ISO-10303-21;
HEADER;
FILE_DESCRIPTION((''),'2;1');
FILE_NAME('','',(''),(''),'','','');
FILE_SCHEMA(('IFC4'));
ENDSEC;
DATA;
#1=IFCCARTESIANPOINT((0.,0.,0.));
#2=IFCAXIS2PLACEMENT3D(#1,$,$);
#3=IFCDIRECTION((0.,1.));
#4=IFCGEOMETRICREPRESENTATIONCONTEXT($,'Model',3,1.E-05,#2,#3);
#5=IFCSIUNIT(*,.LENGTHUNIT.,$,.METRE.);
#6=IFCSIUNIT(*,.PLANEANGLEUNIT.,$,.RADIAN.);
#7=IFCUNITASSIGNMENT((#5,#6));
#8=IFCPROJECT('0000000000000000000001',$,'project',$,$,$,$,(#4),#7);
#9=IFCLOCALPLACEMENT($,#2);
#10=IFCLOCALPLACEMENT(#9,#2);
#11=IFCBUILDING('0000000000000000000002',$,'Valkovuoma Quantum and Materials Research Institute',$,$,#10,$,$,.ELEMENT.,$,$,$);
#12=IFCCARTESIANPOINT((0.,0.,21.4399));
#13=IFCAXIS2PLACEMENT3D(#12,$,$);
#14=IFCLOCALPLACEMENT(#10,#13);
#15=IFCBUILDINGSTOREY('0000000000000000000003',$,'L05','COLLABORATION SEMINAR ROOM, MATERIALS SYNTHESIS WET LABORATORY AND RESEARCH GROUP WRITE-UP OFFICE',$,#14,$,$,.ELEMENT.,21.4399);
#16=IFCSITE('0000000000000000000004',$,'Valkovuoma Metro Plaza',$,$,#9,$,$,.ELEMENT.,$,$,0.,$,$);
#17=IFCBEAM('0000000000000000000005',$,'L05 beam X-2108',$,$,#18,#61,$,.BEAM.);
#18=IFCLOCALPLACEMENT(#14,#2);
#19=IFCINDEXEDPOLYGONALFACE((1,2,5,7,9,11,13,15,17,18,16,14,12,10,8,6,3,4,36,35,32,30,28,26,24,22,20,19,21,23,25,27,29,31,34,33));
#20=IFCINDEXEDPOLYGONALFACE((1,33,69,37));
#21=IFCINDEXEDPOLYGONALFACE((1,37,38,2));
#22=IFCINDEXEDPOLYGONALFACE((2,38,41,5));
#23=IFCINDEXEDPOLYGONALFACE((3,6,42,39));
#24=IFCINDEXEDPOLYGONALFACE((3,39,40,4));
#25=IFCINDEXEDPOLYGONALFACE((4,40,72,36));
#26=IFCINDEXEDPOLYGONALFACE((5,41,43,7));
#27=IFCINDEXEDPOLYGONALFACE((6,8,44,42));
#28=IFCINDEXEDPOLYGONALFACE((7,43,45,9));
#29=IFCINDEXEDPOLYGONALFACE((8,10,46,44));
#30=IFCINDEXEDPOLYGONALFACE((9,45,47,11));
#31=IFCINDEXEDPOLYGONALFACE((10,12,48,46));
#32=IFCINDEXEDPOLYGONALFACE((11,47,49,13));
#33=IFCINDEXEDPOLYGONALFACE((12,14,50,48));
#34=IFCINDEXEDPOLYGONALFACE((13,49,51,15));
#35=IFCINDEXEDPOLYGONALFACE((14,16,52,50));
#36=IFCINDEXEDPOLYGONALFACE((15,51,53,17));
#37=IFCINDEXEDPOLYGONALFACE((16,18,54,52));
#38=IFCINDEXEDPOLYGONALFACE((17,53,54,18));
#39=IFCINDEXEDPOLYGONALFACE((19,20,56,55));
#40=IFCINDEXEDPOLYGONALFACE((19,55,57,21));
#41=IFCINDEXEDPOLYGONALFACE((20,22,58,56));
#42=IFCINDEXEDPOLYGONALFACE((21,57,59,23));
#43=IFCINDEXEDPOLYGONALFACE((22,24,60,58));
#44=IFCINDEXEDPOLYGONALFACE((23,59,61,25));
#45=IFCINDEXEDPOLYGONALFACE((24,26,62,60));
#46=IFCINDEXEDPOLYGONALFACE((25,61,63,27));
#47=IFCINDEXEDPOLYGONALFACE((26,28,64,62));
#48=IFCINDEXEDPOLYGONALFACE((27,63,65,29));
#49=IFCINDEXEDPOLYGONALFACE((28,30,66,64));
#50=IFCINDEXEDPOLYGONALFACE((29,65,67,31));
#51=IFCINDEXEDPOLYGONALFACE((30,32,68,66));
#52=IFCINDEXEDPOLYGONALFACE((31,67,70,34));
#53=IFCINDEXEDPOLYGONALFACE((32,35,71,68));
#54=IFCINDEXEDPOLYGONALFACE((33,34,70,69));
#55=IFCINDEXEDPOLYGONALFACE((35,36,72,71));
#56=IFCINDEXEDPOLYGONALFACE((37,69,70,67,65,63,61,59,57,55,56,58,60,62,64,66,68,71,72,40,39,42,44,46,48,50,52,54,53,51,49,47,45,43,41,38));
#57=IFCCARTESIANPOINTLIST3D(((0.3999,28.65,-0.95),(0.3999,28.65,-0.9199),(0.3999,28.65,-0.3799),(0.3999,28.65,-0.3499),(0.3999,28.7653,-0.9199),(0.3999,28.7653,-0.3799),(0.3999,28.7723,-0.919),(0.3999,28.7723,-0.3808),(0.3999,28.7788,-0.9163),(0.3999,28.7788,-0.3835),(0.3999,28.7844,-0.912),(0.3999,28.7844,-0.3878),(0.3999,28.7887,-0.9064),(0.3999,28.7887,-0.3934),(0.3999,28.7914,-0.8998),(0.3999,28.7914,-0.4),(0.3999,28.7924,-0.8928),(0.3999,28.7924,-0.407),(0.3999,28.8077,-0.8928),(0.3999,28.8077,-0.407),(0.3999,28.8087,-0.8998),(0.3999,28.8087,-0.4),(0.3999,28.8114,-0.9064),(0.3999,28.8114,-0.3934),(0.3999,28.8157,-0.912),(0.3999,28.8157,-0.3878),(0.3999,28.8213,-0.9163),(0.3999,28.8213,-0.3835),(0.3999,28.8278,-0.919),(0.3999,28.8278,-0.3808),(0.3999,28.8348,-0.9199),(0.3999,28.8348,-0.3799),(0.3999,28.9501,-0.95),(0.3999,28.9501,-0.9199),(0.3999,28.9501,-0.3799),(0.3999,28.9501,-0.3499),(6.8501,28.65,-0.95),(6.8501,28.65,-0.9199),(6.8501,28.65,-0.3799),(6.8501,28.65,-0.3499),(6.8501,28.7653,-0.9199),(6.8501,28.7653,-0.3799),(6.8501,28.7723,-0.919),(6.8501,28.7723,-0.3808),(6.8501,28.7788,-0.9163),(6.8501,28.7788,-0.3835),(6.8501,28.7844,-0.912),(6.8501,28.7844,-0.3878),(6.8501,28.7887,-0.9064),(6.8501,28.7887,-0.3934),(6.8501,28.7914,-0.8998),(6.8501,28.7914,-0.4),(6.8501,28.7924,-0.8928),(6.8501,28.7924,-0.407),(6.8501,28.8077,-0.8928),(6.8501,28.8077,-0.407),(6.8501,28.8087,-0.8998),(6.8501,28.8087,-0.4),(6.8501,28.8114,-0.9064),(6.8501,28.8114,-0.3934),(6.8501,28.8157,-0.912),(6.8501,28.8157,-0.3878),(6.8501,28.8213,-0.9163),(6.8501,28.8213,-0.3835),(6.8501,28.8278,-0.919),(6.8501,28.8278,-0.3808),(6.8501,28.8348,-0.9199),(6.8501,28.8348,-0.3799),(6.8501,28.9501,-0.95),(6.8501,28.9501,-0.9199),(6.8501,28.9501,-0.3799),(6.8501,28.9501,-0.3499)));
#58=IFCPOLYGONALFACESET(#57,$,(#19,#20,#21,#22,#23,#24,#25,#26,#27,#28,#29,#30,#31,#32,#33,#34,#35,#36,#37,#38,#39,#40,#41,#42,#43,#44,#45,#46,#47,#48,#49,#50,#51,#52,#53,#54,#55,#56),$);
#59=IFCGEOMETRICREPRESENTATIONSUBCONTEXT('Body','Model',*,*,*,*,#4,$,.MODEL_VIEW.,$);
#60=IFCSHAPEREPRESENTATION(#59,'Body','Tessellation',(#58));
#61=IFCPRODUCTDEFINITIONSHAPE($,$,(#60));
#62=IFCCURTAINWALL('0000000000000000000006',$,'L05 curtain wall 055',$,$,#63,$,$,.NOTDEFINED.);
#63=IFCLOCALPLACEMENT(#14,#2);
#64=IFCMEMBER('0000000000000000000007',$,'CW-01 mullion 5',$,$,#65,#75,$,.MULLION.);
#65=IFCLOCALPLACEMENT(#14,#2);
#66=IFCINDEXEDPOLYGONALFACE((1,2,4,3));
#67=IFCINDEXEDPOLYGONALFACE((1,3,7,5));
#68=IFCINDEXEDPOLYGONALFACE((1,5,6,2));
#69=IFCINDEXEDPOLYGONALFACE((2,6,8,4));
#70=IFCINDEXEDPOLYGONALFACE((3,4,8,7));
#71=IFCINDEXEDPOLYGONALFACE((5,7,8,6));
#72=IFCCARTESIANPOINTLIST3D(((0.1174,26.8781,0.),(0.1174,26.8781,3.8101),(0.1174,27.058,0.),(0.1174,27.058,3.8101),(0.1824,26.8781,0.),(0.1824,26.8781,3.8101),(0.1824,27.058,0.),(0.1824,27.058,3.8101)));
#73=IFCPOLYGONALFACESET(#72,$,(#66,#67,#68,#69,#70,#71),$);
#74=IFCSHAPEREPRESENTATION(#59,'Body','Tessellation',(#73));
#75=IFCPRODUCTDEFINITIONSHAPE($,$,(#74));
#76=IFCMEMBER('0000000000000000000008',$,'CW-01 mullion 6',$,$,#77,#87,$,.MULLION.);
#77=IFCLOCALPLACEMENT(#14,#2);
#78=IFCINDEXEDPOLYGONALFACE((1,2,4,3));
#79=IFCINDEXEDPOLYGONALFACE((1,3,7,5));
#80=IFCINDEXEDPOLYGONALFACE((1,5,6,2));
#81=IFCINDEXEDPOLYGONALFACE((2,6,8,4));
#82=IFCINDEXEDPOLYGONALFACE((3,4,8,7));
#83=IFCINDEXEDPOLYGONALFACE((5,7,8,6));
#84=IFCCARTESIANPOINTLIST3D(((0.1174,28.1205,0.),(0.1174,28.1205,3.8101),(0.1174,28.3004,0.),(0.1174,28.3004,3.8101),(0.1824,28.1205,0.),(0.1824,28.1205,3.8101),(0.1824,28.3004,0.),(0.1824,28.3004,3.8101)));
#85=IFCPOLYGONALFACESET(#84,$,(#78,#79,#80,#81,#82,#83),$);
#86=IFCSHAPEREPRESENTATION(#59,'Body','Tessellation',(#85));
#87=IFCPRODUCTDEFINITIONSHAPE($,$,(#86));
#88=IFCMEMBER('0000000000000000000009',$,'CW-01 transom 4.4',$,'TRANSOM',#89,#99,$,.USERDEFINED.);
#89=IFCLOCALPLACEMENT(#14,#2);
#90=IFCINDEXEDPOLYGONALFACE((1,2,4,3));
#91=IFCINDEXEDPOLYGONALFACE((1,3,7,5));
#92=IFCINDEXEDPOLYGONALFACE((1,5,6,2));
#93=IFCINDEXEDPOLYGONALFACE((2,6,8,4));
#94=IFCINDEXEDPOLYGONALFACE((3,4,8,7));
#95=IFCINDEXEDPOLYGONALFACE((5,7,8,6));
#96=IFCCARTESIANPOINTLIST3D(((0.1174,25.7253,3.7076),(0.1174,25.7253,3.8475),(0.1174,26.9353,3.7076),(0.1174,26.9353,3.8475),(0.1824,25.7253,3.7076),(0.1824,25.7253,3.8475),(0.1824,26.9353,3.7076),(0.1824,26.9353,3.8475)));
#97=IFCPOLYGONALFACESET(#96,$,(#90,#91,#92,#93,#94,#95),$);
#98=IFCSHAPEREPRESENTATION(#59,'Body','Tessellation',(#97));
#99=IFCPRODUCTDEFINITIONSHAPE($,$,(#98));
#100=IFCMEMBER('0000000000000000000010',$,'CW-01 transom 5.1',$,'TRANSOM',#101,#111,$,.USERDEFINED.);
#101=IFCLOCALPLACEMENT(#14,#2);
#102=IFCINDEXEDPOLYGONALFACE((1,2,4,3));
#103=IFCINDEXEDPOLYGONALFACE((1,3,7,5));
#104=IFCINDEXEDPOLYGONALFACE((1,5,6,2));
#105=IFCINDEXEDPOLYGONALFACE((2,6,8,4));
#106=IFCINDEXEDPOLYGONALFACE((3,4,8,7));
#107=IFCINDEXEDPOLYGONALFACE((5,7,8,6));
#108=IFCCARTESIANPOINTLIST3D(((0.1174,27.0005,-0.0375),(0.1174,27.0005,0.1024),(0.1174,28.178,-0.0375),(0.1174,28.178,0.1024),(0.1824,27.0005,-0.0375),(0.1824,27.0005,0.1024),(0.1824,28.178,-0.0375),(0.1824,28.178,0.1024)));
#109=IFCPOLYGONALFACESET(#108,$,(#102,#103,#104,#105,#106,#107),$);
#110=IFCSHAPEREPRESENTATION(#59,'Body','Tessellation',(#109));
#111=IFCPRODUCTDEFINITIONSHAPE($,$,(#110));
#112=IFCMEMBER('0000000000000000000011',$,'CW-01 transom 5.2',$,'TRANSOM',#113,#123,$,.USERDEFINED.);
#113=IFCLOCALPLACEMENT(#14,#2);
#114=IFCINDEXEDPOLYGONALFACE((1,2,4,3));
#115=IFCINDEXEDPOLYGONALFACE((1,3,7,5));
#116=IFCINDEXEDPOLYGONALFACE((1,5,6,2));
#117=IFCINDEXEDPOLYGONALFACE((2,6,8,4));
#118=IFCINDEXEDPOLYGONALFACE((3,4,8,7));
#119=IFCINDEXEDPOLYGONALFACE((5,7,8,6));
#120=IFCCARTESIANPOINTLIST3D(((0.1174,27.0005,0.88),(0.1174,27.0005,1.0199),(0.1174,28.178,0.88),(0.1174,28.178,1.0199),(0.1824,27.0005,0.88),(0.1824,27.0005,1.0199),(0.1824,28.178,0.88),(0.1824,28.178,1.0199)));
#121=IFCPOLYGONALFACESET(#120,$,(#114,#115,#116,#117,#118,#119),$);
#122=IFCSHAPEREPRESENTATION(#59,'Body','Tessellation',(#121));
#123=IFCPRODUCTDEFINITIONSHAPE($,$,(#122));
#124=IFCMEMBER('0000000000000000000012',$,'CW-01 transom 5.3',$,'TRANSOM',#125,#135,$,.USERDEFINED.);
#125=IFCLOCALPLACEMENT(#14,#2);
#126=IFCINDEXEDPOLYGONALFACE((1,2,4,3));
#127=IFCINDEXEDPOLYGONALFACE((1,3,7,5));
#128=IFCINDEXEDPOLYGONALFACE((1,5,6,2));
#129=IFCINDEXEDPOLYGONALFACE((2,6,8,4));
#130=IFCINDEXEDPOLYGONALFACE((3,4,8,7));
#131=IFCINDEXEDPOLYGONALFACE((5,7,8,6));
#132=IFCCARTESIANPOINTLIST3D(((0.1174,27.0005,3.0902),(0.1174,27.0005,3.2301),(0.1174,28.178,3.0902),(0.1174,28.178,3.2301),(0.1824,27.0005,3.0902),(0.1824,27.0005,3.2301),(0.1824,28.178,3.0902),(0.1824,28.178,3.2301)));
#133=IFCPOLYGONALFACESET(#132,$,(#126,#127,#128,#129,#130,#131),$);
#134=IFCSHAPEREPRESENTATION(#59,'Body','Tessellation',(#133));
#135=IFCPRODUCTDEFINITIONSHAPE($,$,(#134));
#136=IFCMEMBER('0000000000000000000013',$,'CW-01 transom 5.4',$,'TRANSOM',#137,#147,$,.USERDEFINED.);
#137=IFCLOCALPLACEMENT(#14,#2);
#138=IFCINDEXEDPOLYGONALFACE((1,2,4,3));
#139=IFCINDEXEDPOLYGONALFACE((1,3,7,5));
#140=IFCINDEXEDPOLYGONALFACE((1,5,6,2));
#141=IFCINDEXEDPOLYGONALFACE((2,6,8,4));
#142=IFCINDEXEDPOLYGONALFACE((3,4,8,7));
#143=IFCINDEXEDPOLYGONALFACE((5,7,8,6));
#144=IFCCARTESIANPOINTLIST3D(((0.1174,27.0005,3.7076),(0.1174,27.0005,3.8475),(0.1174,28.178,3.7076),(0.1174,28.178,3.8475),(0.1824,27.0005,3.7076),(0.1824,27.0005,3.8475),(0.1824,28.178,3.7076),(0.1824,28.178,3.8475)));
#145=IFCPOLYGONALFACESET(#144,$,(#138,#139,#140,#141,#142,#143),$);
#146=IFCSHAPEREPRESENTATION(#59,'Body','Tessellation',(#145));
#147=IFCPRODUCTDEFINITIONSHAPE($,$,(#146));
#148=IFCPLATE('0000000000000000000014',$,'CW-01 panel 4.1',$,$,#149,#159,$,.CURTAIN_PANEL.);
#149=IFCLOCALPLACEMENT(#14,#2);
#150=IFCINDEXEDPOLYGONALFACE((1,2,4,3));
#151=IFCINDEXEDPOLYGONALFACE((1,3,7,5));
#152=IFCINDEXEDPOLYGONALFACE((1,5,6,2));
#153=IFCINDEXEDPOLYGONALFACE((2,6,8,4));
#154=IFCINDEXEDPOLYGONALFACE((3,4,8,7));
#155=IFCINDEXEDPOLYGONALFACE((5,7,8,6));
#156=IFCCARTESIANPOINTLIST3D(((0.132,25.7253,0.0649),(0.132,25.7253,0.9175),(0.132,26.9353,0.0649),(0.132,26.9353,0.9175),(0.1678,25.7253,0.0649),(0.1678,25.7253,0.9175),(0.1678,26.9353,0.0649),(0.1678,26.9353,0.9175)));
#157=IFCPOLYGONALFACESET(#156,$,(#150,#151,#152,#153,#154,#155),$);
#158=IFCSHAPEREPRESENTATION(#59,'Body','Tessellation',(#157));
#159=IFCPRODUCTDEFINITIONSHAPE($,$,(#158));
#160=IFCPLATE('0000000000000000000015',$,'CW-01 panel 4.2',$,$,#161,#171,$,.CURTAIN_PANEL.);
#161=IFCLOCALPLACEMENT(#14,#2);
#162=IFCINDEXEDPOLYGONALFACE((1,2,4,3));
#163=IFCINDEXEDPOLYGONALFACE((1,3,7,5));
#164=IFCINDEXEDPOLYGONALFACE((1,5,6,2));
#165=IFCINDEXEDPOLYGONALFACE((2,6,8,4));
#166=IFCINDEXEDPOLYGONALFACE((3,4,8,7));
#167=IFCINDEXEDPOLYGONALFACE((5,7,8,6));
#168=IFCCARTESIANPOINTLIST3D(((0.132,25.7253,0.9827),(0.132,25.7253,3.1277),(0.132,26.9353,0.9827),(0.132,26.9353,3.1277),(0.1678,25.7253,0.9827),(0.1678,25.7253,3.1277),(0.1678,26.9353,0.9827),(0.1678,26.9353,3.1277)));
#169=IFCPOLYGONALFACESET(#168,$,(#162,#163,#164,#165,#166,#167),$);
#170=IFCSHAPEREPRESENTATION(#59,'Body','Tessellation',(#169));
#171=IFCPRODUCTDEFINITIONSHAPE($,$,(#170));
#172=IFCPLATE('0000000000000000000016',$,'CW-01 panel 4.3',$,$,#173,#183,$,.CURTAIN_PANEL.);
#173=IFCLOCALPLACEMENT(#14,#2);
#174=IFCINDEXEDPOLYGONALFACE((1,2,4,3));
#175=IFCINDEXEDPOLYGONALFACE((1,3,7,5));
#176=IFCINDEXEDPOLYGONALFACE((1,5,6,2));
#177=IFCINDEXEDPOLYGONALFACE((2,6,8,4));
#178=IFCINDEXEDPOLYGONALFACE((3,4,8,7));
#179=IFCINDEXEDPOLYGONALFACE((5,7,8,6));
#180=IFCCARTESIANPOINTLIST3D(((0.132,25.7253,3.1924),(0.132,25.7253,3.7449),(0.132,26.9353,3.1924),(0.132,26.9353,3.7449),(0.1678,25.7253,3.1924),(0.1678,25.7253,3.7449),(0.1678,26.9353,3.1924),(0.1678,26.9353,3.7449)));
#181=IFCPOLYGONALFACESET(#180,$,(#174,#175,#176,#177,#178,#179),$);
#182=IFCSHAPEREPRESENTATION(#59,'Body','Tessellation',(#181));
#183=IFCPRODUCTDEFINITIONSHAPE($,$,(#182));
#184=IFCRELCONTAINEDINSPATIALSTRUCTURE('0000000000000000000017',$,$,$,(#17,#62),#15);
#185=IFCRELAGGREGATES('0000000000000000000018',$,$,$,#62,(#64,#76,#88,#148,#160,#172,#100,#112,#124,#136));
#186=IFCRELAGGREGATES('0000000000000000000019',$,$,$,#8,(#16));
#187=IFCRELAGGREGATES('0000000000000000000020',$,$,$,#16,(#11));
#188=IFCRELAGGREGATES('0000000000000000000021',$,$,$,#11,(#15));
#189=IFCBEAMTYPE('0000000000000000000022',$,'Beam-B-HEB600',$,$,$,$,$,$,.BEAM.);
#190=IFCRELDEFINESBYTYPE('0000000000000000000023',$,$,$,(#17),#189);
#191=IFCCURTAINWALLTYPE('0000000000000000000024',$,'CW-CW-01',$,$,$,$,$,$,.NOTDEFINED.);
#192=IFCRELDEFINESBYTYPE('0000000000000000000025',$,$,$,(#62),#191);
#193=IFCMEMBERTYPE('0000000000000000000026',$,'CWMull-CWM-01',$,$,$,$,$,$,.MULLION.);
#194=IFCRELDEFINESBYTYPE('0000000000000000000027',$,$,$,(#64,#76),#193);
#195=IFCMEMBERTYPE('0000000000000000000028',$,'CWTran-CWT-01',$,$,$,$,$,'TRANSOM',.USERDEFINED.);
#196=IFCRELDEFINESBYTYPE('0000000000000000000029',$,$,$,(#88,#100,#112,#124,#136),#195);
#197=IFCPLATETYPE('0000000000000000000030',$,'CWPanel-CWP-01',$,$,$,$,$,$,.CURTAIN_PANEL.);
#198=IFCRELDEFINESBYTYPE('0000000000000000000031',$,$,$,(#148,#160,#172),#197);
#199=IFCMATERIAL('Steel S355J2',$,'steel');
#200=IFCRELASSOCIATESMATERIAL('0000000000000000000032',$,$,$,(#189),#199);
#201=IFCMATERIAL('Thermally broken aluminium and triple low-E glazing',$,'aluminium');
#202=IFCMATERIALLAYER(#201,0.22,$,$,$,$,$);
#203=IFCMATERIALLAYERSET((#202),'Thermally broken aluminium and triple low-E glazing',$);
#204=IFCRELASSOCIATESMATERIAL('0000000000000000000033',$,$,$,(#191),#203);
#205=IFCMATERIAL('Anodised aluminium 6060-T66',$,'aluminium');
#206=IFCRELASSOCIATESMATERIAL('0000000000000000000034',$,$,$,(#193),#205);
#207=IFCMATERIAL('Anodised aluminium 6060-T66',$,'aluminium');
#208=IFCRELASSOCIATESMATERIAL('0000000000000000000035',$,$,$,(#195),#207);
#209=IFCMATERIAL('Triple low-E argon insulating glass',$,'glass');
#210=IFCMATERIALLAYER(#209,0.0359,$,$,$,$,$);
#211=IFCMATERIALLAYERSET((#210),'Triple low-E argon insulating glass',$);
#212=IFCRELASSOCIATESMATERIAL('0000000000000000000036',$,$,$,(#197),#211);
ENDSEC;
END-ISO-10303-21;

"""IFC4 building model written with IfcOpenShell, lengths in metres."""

from ifc_helpers import new_model, si_unit, direction, frame, origin, origin_2d, place, context, subcontext, project, spatial, rectangle, i_section, extrude, material, layer, layer_set, material_profile, profile_set, type_object, element, aggregate, save


model = new_model("IFC4")

# Units and contexts
model_context = context("Model", 3, precision=1e-05, world=origin(), true_north=direction((0.0, 1.0)))
body_context = subcontext(model_context, "Body", "Model", "MODEL_VIEW")
ifc_project = project(units=[si_unit("LENGTHUNIT", "METRE"), si_unit("PLANEANGLEUNIT", "RADIAN")], contexts=[model_context])

# Site, building, storey
site_placement = place(None, origin())
site = spatial("IfcSite", under=ifc_project, at=site_placement, Name="Valkovuoma Metro Plaza", CompositionType="ELEMENT", RefElevation=0.0)
building_placement = place(site_placement, origin())
building = spatial("IfcBuilding", under=site, at=building_placement, Name="Valkovuoma Quantum and Materials Research Institute", CompositionType="ELEMENT")
storey_placement = place(building_placement, frame((0.0, 0.0, 21.4399)))
storey = spatial("IfcBuildingStorey", under=building, at=storey_placement, Name="L05", Description="COLLABORATION SEMINAR ROOM, MATERIALS SYNTHESIS WET LABORATORY AND RESEARCH GROUP WRITE-UP OFFICE", CompositionType="ELEMENT", Elevation=21.4399)

# Beam
ifc_material_1 = material(Name="Steel S355J2", Category="steel")
ifc_material_profile_1 = material_profile(ifc_material_1, i_section(OverallWidth=0.3, OverallDepth=0.6001, WebThickness=0.0154, FlangeThickness=0.03, FilletRadius=0.0271, at=origin_2d()), Name="Steel S355J2")
ifc_profile_set_1 = profile_set([ifc_material_profile_1], Name="Steel S355J2")
beam_type = type_object("IfcBeamType", Name="Beam-B-HEB600", PredefinedType="BEAM", material=ifc_profile_set_1)
beam_placement = place(storey_placement, frame((0.3999, 28.8, -0.6499), z_axis=(1.0, 0.0, 0.0), x_axis=(0.0, 1.0, 0.0)))
element("IfcBeam", 1, at=beam_placement, inside=storey, type_object=beam_type, Name="L05 beam X-2108", PredefinedType="BEAM", context=body_context, shape_type="SweptSolid", body=[
    extrude(i_section(OverallWidth=0.3, OverallDepth=0.6001, WebThickness=0.0154, FlangeThickness=0.03, FilletRadius=0.0271, at=origin_2d()), origin(), (0.0, 0.0, 1.0), 6.4502),
])

# Curtain wall, members, plates
ifc_material_2 = material(Name="Thermally broken aluminium and triple low-E glazing", Category="aluminium")
ifc_layer_1 = layer(ifc_material_2, 0.22)
ifc_layer_set_1 = layer_set([ifc_layer_1], Name="Thermally broken aluminium and triple low-E glazing")
curtain_wall_type = type_object("IfcCurtainWallType", Name="CW-CW-01", PredefinedType="NOTDEFINED", material=ifc_layer_set_1)
curtain_wall_placement = place(storey_placement, origin())
curtain_wall = element("IfcCurtainWall", 2, at=curtain_wall_placement, inside=storey, type_object=curtain_wall_type, Name="L05 curtain wall 055", PredefinedType="NOTDEFINED")
ifc_material_3 = material(Name="Anodised aluminium 6060-T66", Category="aluminium")
ifc_material_profile_2 = material_profile(ifc_material_3, rectangle(XDim=0.0649, YDim=0.1799, at=origin_2d()), Name="Anodised aluminium 6060-T66")
ifc_profile_set_2 = profile_set([ifc_material_profile_2], Name="Anodised aluminium 6060-T66")
member_type_1 = type_object("IfcMemberType", Name="CWMull-CWM-01", PredefinedType="MULLION", material=ifc_profile_set_2)
member_1_placement = place(storey_placement, frame((0.1499, 26.968, 0.0), z_axis=(0.0, 0.0, 1.0), x_axis=(-1.0, 0.0, 0.0)))
member_1 = element("IfcMember", 3, at=member_1_placement, type_object=member_type_1, Name="CW-01 mullion 5", PredefinedType="MULLION", context=body_context, shape_type="SweptSolid", body=[
    extrude(rectangle(XDim=0.0649, YDim=0.1799, at=origin_2d()), origin(), (0.0, 0.0, 1.0), 3.8101),
])
member_2_placement = place(storey_placement, frame((0.1499, 28.2104, 0.0), z_axis=(0.0, 0.0, 1.0), x_axis=(-1.0, 0.0, 0.0)))
member_2 = element("IfcMember", 4, at=member_2_placement, type_object=member_type_1, Name="CW-01 mullion 6", PredefinedType="MULLION", context=body_context, shape_type="SweptSolid", body=[
    extrude(rectangle(XDim=0.0649, YDim=0.1799, at=origin_2d()), origin(), (0.0, 0.0, 1.0), 3.8101),
])
ifc_material_4 = material(Name="Anodised aluminium 6060-T66", Category="aluminium")
ifc_material_profile_3 = material_profile(ifc_material_4, rectangle(XDim=0.0649, YDim=0.1399, at=origin_2d()), Name="Anodised aluminium 6060-T66")
ifc_profile_set_3 = profile_set([ifc_material_profile_3], Name="Anodised aluminium 6060-T66")
member_type_2 = type_object("IfcMemberType", Name="CWTran-CWT-01", ElementType="TRANSOM", PredefinedType="USERDEFINED", material=ifc_profile_set_3)
member_3_placement = place(storey_placement, frame((0.1499, 25.7253, 3.7776), z_axis=(0.0, 1.0, 0.0), x_axis=(-1.0, 0.0, 0.0)))
member_3 = element("IfcMember", 5, at=member_3_placement, type_object=member_type_2, Name="CW-01 transom 4.4", ObjectType="TRANSOM", PredefinedType="USERDEFINED", context=body_context, shape_type="SweptSolid", body=[
    extrude(rectangle(XDim=0.0649, YDim=0.1399, at=origin_2d()), origin(), (0.0, 0.0, 1.0), 1.21),
])
member_4_placement = place(storey_placement, frame((0.1499, 27.0005, 0.0325), z_axis=(0.0, 1.0, 0.0), x_axis=(-1.0, 0.0, 0.0)))
member_4 = element("IfcMember", 6, at=member_4_placement, type_object=member_type_2, Name="CW-01 transom 5.1", ObjectType="TRANSOM", PredefinedType="USERDEFINED", context=body_context, shape_type="SweptSolid", body=[
    extrude(rectangle(XDim=0.0649, YDim=0.1399, at=origin_2d()), origin(), (0.0, 0.0, 1.0), 1.1775),
])
member_5_placement = place(storey_placement, frame((0.1499, 27.0005, 0.95), z_axis=(0.0, 1.0, 0.0), x_axis=(-1.0, 0.0, 0.0)))
member_5 = element("IfcMember", 7, at=member_5_placement, type_object=member_type_2, Name="CW-01 transom 5.2", ObjectType="TRANSOM", PredefinedType="USERDEFINED", context=body_context, shape_type="SweptSolid", body=[
    extrude(rectangle(XDim=0.0649, YDim=0.1399, at=origin_2d()), origin(), (0.0, 0.0, 1.0), 1.1775),
])
member_6_placement = place(storey_placement, frame((0.1499, 27.0005, 3.1602), z_axis=(0.0, 1.0, 0.0), x_axis=(-1.0, 0.0, 0.0)))
member_6 = element("IfcMember", 8, at=member_6_placement, type_object=member_type_2, Name="CW-01 transom 5.3", ObjectType="TRANSOM", PredefinedType="USERDEFINED", context=body_context, shape_type="SweptSolid", body=[
    extrude(rectangle(XDim=0.0649, YDim=0.1399, at=origin_2d()), origin(), (0.0, 0.0, 1.0), 1.1775),
])
member_7_placement = place(storey_placement, frame((0.1499, 27.0005, 3.7776), z_axis=(0.0, 1.0, 0.0), x_axis=(-1.0, 0.0, 0.0)))
member_7 = element("IfcMember", 9, at=member_7_placement, type_object=member_type_2, Name="CW-01 transom 5.4", ObjectType="TRANSOM", PredefinedType="USERDEFINED", context=body_context, shape_type="SweptSolid", body=[
    extrude(rectangle(XDim=0.0649, YDim=0.1399, at=origin_2d()), origin(), (0.0, 0.0, 1.0), 1.1775),
])
ifc_material_5 = material(Name="Triple low-E argon insulating glass", Category="glass")
ifc_layer_2 = layer(ifc_material_5, 0.0359)
ifc_layer_set_2 = layer_set([ifc_layer_2], Name="Triple low-E argon insulating glass")
plate_type = type_object("IfcPlateType", Name="CWPanel-CWP-01", PredefinedType="CURTAIN_PANEL", material=ifc_layer_set_2)
plate_1_placement = place(storey_placement, frame((0.1499, 26.3303, 0.0649), z_axis=(0.0, 0.0, 1.0), x_axis=(0.0, 1.0, 0.0)))
plate_1 = element("IfcPlate", 10, at=plate_1_placement, type_object=plate_type, Name="CW-01 panel 4.1", PredefinedType="CURTAIN_PANEL", context=body_context, shape_type="SweptSolid", body=[
    extrude(rectangle(XDim=1.21, YDim=0.0359, at=origin_2d()), origin(), (0.0, 0.0, 1.0), 0.8525),
])
plate_2_placement = place(storey_placement, frame((0.1499, 26.3303, 0.9827), z_axis=(0.0, 0.0, 1.0), x_axis=(0.0, 1.0, 0.0)))
plate_2 = element("IfcPlate", 11, at=plate_2_placement, type_object=plate_type, Name="CW-01 panel 4.2", PredefinedType="CURTAIN_PANEL", context=body_context, shape_type="SweptSolid", body=[
    extrude(rectangle(XDim=1.21, YDim=0.0359, at=origin_2d()), origin(), (0.0, 0.0, 1.0), 2.145),
])
plate_3_placement = place(storey_placement, frame((0.1499, 26.3303, 3.1924), z_axis=(0.0, 0.0, 1.0), x_axis=(0.0, 1.0, 0.0)))
plate_3 = element("IfcPlate", 12, at=plate_3_placement, type_object=plate_type, Name="CW-01 panel 4.3", PredefinedType="CURTAIN_PANEL", context=body_context, shape_type="SweptSolid", body=[
    extrude(rectangle(XDim=1.21, YDim=0.0359, at=origin_2d()), origin(), (0.0, 0.0, 1.0), 0.5525),
])
aggregate(curtain_wall, [member_1, member_2, member_3, plate_1, plate_2, plate_3, member_4, member_5, member_6, member_7])

save(model, "model.ifc")
